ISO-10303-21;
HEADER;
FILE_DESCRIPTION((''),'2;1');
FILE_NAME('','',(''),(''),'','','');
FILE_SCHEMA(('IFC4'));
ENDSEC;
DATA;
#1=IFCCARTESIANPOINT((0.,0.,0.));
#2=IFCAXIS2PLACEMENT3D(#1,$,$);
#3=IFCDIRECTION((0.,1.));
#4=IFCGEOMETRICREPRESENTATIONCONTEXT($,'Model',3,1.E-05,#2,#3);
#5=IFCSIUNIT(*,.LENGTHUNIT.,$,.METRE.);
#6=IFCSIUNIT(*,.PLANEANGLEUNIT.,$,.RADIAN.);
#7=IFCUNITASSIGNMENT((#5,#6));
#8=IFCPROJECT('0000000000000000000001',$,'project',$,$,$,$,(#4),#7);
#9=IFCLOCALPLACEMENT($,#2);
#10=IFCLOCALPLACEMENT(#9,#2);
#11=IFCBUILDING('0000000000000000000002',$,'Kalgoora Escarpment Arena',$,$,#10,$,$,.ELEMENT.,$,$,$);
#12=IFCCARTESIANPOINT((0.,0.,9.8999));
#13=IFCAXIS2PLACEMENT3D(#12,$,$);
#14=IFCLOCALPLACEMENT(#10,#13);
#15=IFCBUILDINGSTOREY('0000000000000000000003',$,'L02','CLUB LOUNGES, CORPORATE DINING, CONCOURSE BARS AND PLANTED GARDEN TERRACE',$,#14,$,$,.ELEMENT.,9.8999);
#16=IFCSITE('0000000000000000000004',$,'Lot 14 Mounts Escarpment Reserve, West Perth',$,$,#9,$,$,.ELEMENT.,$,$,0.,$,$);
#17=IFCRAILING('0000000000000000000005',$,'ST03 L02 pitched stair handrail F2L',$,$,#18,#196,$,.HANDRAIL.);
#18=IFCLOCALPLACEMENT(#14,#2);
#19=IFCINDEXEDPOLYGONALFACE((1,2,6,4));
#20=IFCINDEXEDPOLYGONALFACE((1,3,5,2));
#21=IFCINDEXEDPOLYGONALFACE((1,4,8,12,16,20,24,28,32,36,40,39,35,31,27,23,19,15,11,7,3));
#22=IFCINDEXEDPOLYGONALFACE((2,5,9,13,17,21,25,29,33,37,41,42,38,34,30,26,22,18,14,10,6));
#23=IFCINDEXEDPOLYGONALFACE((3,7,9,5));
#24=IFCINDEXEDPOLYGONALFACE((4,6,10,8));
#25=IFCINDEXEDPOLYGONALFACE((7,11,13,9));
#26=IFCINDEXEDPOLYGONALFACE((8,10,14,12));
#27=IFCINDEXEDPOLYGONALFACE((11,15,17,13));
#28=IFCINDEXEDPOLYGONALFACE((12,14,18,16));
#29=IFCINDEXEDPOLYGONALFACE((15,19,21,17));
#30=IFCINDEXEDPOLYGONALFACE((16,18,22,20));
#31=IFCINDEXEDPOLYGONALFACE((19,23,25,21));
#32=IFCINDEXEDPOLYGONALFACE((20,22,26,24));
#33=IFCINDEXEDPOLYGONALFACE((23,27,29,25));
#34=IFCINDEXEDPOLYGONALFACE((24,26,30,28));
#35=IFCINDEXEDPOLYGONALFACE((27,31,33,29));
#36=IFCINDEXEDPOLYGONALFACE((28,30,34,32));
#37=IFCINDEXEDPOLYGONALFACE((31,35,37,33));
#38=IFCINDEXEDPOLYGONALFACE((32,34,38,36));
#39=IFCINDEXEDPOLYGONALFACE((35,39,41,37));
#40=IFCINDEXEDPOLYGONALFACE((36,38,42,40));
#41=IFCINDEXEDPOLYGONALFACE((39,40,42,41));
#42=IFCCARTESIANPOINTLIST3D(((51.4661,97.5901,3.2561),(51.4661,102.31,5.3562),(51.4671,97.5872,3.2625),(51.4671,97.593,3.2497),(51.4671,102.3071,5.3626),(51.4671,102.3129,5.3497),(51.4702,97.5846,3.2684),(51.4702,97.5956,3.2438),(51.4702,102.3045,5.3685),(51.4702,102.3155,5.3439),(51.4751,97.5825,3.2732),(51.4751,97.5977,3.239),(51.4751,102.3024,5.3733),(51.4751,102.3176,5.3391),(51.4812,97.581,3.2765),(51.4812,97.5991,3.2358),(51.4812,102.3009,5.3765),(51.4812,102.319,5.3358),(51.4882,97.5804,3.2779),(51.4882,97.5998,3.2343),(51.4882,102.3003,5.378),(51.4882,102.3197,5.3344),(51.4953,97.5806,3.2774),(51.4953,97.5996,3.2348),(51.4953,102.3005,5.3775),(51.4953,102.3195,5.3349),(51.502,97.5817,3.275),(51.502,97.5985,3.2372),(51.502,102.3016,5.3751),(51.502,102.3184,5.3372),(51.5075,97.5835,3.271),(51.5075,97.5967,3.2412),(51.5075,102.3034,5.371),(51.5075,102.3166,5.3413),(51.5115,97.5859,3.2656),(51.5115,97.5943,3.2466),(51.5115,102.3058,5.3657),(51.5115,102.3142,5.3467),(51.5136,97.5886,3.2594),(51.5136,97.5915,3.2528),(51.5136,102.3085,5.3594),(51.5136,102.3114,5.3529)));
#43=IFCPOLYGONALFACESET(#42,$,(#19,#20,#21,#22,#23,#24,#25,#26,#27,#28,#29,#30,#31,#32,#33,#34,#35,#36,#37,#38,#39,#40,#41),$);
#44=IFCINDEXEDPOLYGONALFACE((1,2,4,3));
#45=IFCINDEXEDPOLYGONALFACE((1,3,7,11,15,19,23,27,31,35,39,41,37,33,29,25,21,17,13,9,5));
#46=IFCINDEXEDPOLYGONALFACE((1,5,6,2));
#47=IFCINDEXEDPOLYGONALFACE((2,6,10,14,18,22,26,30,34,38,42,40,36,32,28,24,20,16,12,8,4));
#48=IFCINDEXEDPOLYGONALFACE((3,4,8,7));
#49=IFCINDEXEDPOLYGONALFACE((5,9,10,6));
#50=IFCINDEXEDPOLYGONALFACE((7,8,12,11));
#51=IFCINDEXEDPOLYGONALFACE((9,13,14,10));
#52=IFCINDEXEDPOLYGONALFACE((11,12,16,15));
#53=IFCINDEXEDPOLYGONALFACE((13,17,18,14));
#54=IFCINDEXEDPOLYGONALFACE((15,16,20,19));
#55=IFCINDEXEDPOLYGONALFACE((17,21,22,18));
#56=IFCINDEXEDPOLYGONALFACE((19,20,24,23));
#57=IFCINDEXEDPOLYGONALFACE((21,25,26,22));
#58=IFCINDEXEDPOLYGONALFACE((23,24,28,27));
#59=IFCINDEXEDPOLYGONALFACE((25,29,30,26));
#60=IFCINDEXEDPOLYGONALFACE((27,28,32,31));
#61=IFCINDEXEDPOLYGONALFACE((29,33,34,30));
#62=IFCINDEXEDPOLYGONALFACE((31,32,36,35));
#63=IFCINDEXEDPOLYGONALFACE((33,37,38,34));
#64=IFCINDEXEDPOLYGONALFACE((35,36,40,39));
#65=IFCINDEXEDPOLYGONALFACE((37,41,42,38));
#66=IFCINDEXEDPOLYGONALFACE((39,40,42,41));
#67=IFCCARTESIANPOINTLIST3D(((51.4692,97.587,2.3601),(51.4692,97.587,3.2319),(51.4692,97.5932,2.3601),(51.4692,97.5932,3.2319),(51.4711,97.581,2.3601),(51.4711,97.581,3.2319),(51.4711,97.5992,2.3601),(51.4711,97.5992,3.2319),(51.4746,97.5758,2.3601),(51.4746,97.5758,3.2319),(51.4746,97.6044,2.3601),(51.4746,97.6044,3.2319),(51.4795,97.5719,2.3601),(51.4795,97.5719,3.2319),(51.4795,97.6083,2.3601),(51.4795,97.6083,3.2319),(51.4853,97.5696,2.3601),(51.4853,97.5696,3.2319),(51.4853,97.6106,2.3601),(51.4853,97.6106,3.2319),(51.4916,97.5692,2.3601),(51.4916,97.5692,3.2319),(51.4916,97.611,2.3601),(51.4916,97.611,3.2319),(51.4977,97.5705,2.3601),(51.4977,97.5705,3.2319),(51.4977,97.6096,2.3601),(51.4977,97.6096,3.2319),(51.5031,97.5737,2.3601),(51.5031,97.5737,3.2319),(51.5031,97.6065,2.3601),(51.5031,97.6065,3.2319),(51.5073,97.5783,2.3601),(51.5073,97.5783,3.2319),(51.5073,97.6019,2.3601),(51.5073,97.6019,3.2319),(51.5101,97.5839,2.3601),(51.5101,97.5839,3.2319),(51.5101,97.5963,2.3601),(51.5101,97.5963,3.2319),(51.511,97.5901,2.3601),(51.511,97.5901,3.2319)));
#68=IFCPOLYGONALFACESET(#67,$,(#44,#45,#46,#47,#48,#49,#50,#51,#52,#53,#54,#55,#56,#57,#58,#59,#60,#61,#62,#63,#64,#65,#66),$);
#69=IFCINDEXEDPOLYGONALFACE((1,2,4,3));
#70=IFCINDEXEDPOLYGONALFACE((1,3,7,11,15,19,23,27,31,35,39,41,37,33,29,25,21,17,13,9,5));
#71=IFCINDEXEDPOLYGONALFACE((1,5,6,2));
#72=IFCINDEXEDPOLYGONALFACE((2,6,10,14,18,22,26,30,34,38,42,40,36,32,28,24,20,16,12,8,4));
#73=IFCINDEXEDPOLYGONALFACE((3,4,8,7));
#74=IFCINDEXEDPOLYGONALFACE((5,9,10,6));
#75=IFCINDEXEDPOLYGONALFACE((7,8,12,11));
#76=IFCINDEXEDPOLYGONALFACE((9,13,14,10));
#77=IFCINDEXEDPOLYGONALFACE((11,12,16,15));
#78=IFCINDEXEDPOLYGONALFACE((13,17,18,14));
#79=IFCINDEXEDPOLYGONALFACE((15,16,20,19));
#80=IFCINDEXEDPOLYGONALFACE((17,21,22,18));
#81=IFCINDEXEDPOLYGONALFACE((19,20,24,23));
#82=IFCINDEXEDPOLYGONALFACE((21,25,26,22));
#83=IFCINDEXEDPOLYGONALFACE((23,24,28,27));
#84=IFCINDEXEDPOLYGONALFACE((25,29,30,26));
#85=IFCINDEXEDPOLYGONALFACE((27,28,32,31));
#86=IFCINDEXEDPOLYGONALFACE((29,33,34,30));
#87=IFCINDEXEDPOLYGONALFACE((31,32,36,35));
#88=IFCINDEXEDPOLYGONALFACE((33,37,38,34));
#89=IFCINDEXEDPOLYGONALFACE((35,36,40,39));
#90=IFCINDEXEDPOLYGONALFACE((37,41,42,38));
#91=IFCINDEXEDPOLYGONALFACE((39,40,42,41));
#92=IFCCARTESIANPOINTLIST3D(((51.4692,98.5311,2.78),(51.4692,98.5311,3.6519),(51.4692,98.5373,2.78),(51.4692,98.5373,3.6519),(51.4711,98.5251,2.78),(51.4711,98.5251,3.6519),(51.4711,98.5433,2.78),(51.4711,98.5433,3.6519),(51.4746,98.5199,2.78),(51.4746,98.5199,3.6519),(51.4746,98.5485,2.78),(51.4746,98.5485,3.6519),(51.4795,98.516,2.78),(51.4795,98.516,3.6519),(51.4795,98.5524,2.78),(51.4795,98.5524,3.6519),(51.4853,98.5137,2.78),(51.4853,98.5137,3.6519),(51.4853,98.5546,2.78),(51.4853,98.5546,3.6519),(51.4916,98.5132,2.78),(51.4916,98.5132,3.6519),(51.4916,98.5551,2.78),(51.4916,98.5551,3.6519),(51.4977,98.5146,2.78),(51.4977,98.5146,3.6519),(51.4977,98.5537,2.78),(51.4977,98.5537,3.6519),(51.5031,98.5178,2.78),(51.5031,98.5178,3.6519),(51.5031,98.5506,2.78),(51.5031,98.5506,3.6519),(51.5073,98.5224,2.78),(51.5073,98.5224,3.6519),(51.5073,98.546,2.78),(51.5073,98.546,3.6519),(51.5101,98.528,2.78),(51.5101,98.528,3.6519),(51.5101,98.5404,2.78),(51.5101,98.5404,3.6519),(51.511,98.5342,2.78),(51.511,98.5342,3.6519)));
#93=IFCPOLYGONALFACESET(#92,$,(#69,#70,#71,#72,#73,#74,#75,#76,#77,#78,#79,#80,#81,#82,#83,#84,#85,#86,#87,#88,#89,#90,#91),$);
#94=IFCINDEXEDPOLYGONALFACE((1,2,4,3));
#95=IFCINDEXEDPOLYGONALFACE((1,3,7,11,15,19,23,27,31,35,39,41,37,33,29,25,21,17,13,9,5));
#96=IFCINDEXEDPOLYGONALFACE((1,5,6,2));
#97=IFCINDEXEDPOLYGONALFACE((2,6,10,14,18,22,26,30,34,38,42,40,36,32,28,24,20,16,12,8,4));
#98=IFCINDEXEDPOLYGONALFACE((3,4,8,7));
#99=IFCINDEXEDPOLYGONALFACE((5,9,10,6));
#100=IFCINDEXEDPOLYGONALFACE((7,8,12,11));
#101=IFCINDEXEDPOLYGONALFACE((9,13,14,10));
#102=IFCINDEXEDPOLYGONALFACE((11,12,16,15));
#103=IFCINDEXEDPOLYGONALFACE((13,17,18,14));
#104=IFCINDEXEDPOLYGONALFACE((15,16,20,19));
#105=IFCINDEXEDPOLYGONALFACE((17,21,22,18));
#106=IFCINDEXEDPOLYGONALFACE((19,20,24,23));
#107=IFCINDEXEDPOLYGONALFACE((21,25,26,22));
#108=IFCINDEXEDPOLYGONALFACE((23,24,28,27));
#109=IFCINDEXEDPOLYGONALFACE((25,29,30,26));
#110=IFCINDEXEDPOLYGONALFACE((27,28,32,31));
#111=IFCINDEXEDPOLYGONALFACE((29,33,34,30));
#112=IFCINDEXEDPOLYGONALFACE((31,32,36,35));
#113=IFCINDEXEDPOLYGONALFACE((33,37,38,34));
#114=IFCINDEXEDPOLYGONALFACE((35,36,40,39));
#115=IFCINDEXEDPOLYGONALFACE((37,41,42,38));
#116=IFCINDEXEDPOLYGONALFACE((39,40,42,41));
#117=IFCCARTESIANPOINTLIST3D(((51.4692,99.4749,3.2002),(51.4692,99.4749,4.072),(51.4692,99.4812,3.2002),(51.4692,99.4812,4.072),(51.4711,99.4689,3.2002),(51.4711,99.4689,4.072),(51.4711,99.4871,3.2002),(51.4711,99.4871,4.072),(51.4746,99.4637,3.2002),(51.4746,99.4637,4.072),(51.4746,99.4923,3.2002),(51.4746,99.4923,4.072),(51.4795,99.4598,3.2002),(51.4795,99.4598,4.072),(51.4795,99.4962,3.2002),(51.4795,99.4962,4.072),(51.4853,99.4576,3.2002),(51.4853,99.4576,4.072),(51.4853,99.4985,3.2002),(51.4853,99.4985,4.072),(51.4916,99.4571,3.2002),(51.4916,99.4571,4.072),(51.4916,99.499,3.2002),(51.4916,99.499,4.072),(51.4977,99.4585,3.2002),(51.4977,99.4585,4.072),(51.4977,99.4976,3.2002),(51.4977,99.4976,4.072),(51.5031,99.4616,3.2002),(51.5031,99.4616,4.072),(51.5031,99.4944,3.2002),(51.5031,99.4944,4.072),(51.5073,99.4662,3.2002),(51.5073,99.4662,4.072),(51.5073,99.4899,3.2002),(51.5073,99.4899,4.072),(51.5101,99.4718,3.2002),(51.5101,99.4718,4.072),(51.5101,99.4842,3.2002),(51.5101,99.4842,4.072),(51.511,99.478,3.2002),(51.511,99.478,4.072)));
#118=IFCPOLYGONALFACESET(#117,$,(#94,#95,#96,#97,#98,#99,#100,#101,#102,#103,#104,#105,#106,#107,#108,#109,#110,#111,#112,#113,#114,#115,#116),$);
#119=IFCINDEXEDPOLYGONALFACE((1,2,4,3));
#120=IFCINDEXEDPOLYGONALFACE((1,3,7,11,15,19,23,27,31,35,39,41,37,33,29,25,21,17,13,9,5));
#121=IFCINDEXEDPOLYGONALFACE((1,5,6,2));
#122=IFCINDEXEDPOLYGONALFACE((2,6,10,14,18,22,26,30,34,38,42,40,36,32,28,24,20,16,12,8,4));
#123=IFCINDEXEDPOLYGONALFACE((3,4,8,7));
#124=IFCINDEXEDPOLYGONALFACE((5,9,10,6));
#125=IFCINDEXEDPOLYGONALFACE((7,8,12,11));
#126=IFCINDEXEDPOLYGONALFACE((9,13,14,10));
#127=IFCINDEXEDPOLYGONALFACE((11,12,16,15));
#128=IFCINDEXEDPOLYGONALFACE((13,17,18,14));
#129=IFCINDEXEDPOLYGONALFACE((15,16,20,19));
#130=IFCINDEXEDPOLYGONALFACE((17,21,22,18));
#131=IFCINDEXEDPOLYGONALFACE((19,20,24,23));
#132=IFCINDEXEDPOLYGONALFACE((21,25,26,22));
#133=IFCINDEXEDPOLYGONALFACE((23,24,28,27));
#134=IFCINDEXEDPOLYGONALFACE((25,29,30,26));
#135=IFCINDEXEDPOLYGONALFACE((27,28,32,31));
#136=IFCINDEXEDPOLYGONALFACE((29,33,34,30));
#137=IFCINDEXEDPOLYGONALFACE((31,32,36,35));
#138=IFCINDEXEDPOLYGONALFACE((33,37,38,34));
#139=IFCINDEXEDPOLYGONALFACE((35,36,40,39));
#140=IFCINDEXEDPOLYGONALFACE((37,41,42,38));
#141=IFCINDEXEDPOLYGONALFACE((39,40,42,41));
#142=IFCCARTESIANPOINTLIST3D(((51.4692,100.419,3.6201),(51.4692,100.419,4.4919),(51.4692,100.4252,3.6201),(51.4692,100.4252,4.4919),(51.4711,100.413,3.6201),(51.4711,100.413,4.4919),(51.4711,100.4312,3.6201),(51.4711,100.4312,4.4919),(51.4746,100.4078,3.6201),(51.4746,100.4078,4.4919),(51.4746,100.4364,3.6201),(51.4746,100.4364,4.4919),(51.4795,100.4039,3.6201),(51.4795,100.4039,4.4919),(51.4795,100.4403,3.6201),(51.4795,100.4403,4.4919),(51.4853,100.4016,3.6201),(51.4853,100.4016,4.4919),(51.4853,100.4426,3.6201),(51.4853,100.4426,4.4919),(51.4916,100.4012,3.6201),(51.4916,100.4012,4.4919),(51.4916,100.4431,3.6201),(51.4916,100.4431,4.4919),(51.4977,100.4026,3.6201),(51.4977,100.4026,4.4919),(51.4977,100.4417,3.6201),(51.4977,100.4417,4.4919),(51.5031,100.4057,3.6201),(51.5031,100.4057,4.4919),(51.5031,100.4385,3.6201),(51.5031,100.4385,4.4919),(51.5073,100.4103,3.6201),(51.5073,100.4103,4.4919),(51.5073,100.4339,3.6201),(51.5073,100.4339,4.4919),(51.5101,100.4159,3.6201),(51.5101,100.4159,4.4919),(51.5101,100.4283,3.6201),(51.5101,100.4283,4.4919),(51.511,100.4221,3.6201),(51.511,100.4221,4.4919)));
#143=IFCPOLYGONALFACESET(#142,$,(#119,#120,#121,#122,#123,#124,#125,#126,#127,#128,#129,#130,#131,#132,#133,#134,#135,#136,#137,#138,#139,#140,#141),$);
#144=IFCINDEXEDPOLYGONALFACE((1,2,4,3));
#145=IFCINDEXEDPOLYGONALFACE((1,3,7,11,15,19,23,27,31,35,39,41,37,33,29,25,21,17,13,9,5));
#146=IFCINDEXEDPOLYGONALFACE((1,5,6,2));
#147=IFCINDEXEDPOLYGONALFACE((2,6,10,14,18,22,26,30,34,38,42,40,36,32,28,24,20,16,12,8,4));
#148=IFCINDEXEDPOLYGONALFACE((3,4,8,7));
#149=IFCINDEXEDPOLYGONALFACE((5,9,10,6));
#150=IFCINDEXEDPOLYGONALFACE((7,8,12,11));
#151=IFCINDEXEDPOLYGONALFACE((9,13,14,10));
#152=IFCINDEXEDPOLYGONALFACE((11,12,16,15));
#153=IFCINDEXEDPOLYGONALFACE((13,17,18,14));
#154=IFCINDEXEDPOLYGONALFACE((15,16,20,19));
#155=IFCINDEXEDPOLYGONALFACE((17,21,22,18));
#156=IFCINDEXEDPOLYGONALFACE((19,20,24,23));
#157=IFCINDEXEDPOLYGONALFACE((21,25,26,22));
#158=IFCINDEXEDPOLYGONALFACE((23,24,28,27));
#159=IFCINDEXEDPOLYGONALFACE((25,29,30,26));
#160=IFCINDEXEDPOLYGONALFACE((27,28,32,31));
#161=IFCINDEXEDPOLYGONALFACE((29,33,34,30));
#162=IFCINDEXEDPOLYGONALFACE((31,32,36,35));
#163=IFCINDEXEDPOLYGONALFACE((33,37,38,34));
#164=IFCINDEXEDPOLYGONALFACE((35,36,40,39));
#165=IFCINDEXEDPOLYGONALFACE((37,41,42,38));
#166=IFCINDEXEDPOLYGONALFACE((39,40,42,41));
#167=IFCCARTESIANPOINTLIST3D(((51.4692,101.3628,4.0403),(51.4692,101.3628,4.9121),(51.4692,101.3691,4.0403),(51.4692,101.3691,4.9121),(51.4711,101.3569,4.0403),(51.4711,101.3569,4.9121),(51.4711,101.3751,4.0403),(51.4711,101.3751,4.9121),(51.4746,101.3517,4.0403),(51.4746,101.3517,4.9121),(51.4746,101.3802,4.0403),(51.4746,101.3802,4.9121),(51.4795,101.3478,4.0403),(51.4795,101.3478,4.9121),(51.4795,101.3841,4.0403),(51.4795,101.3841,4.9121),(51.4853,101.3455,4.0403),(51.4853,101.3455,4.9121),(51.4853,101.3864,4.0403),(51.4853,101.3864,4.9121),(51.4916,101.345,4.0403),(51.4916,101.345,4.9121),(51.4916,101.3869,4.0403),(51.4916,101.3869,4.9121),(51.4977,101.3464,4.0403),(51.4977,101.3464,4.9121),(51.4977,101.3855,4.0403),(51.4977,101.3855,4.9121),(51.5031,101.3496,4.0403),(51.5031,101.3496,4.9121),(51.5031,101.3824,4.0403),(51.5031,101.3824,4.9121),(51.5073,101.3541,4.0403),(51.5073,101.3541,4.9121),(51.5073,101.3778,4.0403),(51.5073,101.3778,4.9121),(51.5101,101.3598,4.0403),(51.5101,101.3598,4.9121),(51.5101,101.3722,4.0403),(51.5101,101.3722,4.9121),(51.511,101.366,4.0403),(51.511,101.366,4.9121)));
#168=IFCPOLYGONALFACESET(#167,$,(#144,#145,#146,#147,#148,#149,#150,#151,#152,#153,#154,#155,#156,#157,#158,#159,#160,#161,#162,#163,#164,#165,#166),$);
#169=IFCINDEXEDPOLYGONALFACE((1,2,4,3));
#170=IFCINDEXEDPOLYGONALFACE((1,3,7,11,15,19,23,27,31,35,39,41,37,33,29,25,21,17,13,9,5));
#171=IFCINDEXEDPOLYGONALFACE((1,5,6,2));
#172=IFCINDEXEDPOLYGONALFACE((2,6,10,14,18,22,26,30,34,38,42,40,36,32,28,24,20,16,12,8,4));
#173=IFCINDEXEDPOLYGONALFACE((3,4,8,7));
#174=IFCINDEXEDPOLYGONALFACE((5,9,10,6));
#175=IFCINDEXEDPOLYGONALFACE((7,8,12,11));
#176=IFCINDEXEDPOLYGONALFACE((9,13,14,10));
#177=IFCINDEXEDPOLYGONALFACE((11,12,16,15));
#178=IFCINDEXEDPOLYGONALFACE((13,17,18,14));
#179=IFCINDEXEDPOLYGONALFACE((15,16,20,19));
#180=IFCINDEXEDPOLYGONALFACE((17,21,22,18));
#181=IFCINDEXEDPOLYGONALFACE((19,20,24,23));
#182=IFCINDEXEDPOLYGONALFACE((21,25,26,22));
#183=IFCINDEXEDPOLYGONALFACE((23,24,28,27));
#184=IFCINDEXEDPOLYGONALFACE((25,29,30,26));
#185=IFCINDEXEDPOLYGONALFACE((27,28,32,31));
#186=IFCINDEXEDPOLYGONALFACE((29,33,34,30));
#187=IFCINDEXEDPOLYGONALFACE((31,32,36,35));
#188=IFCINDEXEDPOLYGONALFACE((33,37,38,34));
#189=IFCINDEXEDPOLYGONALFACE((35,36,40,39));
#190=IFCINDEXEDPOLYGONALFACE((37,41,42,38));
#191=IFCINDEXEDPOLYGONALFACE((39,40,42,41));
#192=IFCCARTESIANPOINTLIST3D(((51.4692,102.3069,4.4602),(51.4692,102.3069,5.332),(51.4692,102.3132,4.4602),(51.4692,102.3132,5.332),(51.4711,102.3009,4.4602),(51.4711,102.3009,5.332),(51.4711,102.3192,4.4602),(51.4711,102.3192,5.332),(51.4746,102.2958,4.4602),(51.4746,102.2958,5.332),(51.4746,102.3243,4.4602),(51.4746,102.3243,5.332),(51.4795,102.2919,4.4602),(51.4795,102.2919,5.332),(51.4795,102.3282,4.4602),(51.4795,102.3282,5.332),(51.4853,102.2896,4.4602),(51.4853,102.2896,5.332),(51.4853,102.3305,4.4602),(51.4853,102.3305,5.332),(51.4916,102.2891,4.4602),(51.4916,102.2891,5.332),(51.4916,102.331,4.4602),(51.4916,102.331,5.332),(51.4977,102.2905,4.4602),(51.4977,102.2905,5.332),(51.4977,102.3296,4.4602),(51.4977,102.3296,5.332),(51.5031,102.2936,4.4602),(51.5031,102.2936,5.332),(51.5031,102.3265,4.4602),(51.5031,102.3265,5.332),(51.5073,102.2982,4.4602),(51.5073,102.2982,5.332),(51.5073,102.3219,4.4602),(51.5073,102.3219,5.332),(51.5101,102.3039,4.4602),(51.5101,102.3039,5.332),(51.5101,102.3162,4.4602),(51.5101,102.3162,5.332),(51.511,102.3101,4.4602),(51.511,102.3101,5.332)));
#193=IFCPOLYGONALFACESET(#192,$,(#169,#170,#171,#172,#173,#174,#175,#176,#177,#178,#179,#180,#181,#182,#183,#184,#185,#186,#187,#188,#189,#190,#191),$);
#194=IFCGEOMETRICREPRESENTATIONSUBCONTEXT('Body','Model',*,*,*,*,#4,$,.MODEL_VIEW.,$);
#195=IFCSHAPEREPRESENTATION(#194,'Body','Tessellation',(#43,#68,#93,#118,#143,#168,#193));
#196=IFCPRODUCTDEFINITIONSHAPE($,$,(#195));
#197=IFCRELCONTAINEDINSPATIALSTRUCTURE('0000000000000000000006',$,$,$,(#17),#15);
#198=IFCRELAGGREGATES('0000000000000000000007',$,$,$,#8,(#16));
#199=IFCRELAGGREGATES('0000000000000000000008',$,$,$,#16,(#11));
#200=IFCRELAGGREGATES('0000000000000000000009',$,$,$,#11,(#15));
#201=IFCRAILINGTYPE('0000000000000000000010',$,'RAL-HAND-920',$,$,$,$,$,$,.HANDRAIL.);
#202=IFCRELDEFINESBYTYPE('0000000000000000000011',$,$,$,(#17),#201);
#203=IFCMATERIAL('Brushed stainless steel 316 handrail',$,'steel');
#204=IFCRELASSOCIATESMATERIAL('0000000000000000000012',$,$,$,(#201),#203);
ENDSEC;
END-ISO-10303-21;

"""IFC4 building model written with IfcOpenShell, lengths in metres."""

from ifc_helpers import new_model, si_unit, direction, frame, origin, origin_2d, place, context, subcontext, project, spatial, circle, extrude, material, type_object, element, save


model = new_model("IFC4")

# Units and contexts
model_context = context("Model", 3, precision=1e-05, world=origin(), true_north=direction((0.0, 1.0)))
body_context = subcontext(model_context, "Body", "Model", "MODEL_VIEW")
ifc_project = project(units=[si_unit("LENGTHUNIT", "METRE"), si_unit("PLANEANGLEUNIT", "RADIAN")], contexts=[model_context])

# Site, building, storey
site_placement = place(None, origin())
site = spatial("IfcSite", under=ifc_project, at=site_placement, Name="Lot 14 Mounts Escarpment Reserve, West Perth", CompositionType="ELEMENT", RefElevation=0.0)
building_placement = place(site_placement, origin())
building = spatial("IfcBuilding", under=site, at=building_placement, Name="Kalgoora Escarpment Arena", CompositionType="ELEMENT")
storey_placement = place(building_placement, frame((0.0, 0.0, 9.8999)))
storey = spatial("IfcBuildingStorey", under=building, at=storey_placement, Name="L02", Description="CLUB LOUNGES, CORPORATE DINING, CONCOURSE BARS AND PLANTED GARDEN TERRACE", CompositionType="ELEMENT", Elevation=9.8999)

# Railing
ifc_material_1 = material(Name="Brushed stainless steel 316 handrail", Category="steel")
railing_type = type_object("IfcRailingType", Name="RAL-HAND-920", PredefinedType="HANDRAIL", material=ifc_material_1)
for number, where, name in (
    (1, (51.49, 97.5901, 2.3601), "ST03 L02 pitched stair handrail F2L"),
):
    element("IfcRailing", number, at=place(storey_placement, frame(where)), inside=storey, type_object=railing_type, Name=name, PredefinedType="HANDRAIL", context=body_context, shape_type="SweptSolid", body=[
        extrude(circle(Radius=0.0239, at=origin_2d()), frame((0.0, 0.0, 0.896), z_axis=(0.0, 0.913644, 0.406516), x_axis=(-1.0, 0.0, 0.0)), (0.0, 0.0, 1.0), 5.166),
        extrude(circle(Radius=0.021, at=origin_2d()), origin(), (0.0, 0.0, 1.0), 0.8718),
        extrude(circle(Radius=0.021, at=origin_2d()), frame((0.0, 0.9441, 0.4199)), (0.0, 0.0, 1.0), 0.8718),
        extrude(circle(Radius=0.021, at=origin_2d()), frame((0.0, 1.8879, 0.8401)), (0.0, 0.0, 1.0), 0.8718),
        extrude(circle(Radius=0.021, at=origin_2d()), frame((0.0, 2.832, 1.26)), (0.0, 0.0, 1.0), 0.8718),
        extrude(circle(Radius=0.021, at=origin_2d()), frame((0.0, 3.7759, 1.6802)), (0.0, 0.0, 1.0), 0.8718),
        extrude(circle(Radius=0.021, at=origin_2d()), frame((0.0, 4.72, 2.1001)), (0.0, 0.0, 1.0), 0.8718),
    ])

save(model, "model.ifc")
